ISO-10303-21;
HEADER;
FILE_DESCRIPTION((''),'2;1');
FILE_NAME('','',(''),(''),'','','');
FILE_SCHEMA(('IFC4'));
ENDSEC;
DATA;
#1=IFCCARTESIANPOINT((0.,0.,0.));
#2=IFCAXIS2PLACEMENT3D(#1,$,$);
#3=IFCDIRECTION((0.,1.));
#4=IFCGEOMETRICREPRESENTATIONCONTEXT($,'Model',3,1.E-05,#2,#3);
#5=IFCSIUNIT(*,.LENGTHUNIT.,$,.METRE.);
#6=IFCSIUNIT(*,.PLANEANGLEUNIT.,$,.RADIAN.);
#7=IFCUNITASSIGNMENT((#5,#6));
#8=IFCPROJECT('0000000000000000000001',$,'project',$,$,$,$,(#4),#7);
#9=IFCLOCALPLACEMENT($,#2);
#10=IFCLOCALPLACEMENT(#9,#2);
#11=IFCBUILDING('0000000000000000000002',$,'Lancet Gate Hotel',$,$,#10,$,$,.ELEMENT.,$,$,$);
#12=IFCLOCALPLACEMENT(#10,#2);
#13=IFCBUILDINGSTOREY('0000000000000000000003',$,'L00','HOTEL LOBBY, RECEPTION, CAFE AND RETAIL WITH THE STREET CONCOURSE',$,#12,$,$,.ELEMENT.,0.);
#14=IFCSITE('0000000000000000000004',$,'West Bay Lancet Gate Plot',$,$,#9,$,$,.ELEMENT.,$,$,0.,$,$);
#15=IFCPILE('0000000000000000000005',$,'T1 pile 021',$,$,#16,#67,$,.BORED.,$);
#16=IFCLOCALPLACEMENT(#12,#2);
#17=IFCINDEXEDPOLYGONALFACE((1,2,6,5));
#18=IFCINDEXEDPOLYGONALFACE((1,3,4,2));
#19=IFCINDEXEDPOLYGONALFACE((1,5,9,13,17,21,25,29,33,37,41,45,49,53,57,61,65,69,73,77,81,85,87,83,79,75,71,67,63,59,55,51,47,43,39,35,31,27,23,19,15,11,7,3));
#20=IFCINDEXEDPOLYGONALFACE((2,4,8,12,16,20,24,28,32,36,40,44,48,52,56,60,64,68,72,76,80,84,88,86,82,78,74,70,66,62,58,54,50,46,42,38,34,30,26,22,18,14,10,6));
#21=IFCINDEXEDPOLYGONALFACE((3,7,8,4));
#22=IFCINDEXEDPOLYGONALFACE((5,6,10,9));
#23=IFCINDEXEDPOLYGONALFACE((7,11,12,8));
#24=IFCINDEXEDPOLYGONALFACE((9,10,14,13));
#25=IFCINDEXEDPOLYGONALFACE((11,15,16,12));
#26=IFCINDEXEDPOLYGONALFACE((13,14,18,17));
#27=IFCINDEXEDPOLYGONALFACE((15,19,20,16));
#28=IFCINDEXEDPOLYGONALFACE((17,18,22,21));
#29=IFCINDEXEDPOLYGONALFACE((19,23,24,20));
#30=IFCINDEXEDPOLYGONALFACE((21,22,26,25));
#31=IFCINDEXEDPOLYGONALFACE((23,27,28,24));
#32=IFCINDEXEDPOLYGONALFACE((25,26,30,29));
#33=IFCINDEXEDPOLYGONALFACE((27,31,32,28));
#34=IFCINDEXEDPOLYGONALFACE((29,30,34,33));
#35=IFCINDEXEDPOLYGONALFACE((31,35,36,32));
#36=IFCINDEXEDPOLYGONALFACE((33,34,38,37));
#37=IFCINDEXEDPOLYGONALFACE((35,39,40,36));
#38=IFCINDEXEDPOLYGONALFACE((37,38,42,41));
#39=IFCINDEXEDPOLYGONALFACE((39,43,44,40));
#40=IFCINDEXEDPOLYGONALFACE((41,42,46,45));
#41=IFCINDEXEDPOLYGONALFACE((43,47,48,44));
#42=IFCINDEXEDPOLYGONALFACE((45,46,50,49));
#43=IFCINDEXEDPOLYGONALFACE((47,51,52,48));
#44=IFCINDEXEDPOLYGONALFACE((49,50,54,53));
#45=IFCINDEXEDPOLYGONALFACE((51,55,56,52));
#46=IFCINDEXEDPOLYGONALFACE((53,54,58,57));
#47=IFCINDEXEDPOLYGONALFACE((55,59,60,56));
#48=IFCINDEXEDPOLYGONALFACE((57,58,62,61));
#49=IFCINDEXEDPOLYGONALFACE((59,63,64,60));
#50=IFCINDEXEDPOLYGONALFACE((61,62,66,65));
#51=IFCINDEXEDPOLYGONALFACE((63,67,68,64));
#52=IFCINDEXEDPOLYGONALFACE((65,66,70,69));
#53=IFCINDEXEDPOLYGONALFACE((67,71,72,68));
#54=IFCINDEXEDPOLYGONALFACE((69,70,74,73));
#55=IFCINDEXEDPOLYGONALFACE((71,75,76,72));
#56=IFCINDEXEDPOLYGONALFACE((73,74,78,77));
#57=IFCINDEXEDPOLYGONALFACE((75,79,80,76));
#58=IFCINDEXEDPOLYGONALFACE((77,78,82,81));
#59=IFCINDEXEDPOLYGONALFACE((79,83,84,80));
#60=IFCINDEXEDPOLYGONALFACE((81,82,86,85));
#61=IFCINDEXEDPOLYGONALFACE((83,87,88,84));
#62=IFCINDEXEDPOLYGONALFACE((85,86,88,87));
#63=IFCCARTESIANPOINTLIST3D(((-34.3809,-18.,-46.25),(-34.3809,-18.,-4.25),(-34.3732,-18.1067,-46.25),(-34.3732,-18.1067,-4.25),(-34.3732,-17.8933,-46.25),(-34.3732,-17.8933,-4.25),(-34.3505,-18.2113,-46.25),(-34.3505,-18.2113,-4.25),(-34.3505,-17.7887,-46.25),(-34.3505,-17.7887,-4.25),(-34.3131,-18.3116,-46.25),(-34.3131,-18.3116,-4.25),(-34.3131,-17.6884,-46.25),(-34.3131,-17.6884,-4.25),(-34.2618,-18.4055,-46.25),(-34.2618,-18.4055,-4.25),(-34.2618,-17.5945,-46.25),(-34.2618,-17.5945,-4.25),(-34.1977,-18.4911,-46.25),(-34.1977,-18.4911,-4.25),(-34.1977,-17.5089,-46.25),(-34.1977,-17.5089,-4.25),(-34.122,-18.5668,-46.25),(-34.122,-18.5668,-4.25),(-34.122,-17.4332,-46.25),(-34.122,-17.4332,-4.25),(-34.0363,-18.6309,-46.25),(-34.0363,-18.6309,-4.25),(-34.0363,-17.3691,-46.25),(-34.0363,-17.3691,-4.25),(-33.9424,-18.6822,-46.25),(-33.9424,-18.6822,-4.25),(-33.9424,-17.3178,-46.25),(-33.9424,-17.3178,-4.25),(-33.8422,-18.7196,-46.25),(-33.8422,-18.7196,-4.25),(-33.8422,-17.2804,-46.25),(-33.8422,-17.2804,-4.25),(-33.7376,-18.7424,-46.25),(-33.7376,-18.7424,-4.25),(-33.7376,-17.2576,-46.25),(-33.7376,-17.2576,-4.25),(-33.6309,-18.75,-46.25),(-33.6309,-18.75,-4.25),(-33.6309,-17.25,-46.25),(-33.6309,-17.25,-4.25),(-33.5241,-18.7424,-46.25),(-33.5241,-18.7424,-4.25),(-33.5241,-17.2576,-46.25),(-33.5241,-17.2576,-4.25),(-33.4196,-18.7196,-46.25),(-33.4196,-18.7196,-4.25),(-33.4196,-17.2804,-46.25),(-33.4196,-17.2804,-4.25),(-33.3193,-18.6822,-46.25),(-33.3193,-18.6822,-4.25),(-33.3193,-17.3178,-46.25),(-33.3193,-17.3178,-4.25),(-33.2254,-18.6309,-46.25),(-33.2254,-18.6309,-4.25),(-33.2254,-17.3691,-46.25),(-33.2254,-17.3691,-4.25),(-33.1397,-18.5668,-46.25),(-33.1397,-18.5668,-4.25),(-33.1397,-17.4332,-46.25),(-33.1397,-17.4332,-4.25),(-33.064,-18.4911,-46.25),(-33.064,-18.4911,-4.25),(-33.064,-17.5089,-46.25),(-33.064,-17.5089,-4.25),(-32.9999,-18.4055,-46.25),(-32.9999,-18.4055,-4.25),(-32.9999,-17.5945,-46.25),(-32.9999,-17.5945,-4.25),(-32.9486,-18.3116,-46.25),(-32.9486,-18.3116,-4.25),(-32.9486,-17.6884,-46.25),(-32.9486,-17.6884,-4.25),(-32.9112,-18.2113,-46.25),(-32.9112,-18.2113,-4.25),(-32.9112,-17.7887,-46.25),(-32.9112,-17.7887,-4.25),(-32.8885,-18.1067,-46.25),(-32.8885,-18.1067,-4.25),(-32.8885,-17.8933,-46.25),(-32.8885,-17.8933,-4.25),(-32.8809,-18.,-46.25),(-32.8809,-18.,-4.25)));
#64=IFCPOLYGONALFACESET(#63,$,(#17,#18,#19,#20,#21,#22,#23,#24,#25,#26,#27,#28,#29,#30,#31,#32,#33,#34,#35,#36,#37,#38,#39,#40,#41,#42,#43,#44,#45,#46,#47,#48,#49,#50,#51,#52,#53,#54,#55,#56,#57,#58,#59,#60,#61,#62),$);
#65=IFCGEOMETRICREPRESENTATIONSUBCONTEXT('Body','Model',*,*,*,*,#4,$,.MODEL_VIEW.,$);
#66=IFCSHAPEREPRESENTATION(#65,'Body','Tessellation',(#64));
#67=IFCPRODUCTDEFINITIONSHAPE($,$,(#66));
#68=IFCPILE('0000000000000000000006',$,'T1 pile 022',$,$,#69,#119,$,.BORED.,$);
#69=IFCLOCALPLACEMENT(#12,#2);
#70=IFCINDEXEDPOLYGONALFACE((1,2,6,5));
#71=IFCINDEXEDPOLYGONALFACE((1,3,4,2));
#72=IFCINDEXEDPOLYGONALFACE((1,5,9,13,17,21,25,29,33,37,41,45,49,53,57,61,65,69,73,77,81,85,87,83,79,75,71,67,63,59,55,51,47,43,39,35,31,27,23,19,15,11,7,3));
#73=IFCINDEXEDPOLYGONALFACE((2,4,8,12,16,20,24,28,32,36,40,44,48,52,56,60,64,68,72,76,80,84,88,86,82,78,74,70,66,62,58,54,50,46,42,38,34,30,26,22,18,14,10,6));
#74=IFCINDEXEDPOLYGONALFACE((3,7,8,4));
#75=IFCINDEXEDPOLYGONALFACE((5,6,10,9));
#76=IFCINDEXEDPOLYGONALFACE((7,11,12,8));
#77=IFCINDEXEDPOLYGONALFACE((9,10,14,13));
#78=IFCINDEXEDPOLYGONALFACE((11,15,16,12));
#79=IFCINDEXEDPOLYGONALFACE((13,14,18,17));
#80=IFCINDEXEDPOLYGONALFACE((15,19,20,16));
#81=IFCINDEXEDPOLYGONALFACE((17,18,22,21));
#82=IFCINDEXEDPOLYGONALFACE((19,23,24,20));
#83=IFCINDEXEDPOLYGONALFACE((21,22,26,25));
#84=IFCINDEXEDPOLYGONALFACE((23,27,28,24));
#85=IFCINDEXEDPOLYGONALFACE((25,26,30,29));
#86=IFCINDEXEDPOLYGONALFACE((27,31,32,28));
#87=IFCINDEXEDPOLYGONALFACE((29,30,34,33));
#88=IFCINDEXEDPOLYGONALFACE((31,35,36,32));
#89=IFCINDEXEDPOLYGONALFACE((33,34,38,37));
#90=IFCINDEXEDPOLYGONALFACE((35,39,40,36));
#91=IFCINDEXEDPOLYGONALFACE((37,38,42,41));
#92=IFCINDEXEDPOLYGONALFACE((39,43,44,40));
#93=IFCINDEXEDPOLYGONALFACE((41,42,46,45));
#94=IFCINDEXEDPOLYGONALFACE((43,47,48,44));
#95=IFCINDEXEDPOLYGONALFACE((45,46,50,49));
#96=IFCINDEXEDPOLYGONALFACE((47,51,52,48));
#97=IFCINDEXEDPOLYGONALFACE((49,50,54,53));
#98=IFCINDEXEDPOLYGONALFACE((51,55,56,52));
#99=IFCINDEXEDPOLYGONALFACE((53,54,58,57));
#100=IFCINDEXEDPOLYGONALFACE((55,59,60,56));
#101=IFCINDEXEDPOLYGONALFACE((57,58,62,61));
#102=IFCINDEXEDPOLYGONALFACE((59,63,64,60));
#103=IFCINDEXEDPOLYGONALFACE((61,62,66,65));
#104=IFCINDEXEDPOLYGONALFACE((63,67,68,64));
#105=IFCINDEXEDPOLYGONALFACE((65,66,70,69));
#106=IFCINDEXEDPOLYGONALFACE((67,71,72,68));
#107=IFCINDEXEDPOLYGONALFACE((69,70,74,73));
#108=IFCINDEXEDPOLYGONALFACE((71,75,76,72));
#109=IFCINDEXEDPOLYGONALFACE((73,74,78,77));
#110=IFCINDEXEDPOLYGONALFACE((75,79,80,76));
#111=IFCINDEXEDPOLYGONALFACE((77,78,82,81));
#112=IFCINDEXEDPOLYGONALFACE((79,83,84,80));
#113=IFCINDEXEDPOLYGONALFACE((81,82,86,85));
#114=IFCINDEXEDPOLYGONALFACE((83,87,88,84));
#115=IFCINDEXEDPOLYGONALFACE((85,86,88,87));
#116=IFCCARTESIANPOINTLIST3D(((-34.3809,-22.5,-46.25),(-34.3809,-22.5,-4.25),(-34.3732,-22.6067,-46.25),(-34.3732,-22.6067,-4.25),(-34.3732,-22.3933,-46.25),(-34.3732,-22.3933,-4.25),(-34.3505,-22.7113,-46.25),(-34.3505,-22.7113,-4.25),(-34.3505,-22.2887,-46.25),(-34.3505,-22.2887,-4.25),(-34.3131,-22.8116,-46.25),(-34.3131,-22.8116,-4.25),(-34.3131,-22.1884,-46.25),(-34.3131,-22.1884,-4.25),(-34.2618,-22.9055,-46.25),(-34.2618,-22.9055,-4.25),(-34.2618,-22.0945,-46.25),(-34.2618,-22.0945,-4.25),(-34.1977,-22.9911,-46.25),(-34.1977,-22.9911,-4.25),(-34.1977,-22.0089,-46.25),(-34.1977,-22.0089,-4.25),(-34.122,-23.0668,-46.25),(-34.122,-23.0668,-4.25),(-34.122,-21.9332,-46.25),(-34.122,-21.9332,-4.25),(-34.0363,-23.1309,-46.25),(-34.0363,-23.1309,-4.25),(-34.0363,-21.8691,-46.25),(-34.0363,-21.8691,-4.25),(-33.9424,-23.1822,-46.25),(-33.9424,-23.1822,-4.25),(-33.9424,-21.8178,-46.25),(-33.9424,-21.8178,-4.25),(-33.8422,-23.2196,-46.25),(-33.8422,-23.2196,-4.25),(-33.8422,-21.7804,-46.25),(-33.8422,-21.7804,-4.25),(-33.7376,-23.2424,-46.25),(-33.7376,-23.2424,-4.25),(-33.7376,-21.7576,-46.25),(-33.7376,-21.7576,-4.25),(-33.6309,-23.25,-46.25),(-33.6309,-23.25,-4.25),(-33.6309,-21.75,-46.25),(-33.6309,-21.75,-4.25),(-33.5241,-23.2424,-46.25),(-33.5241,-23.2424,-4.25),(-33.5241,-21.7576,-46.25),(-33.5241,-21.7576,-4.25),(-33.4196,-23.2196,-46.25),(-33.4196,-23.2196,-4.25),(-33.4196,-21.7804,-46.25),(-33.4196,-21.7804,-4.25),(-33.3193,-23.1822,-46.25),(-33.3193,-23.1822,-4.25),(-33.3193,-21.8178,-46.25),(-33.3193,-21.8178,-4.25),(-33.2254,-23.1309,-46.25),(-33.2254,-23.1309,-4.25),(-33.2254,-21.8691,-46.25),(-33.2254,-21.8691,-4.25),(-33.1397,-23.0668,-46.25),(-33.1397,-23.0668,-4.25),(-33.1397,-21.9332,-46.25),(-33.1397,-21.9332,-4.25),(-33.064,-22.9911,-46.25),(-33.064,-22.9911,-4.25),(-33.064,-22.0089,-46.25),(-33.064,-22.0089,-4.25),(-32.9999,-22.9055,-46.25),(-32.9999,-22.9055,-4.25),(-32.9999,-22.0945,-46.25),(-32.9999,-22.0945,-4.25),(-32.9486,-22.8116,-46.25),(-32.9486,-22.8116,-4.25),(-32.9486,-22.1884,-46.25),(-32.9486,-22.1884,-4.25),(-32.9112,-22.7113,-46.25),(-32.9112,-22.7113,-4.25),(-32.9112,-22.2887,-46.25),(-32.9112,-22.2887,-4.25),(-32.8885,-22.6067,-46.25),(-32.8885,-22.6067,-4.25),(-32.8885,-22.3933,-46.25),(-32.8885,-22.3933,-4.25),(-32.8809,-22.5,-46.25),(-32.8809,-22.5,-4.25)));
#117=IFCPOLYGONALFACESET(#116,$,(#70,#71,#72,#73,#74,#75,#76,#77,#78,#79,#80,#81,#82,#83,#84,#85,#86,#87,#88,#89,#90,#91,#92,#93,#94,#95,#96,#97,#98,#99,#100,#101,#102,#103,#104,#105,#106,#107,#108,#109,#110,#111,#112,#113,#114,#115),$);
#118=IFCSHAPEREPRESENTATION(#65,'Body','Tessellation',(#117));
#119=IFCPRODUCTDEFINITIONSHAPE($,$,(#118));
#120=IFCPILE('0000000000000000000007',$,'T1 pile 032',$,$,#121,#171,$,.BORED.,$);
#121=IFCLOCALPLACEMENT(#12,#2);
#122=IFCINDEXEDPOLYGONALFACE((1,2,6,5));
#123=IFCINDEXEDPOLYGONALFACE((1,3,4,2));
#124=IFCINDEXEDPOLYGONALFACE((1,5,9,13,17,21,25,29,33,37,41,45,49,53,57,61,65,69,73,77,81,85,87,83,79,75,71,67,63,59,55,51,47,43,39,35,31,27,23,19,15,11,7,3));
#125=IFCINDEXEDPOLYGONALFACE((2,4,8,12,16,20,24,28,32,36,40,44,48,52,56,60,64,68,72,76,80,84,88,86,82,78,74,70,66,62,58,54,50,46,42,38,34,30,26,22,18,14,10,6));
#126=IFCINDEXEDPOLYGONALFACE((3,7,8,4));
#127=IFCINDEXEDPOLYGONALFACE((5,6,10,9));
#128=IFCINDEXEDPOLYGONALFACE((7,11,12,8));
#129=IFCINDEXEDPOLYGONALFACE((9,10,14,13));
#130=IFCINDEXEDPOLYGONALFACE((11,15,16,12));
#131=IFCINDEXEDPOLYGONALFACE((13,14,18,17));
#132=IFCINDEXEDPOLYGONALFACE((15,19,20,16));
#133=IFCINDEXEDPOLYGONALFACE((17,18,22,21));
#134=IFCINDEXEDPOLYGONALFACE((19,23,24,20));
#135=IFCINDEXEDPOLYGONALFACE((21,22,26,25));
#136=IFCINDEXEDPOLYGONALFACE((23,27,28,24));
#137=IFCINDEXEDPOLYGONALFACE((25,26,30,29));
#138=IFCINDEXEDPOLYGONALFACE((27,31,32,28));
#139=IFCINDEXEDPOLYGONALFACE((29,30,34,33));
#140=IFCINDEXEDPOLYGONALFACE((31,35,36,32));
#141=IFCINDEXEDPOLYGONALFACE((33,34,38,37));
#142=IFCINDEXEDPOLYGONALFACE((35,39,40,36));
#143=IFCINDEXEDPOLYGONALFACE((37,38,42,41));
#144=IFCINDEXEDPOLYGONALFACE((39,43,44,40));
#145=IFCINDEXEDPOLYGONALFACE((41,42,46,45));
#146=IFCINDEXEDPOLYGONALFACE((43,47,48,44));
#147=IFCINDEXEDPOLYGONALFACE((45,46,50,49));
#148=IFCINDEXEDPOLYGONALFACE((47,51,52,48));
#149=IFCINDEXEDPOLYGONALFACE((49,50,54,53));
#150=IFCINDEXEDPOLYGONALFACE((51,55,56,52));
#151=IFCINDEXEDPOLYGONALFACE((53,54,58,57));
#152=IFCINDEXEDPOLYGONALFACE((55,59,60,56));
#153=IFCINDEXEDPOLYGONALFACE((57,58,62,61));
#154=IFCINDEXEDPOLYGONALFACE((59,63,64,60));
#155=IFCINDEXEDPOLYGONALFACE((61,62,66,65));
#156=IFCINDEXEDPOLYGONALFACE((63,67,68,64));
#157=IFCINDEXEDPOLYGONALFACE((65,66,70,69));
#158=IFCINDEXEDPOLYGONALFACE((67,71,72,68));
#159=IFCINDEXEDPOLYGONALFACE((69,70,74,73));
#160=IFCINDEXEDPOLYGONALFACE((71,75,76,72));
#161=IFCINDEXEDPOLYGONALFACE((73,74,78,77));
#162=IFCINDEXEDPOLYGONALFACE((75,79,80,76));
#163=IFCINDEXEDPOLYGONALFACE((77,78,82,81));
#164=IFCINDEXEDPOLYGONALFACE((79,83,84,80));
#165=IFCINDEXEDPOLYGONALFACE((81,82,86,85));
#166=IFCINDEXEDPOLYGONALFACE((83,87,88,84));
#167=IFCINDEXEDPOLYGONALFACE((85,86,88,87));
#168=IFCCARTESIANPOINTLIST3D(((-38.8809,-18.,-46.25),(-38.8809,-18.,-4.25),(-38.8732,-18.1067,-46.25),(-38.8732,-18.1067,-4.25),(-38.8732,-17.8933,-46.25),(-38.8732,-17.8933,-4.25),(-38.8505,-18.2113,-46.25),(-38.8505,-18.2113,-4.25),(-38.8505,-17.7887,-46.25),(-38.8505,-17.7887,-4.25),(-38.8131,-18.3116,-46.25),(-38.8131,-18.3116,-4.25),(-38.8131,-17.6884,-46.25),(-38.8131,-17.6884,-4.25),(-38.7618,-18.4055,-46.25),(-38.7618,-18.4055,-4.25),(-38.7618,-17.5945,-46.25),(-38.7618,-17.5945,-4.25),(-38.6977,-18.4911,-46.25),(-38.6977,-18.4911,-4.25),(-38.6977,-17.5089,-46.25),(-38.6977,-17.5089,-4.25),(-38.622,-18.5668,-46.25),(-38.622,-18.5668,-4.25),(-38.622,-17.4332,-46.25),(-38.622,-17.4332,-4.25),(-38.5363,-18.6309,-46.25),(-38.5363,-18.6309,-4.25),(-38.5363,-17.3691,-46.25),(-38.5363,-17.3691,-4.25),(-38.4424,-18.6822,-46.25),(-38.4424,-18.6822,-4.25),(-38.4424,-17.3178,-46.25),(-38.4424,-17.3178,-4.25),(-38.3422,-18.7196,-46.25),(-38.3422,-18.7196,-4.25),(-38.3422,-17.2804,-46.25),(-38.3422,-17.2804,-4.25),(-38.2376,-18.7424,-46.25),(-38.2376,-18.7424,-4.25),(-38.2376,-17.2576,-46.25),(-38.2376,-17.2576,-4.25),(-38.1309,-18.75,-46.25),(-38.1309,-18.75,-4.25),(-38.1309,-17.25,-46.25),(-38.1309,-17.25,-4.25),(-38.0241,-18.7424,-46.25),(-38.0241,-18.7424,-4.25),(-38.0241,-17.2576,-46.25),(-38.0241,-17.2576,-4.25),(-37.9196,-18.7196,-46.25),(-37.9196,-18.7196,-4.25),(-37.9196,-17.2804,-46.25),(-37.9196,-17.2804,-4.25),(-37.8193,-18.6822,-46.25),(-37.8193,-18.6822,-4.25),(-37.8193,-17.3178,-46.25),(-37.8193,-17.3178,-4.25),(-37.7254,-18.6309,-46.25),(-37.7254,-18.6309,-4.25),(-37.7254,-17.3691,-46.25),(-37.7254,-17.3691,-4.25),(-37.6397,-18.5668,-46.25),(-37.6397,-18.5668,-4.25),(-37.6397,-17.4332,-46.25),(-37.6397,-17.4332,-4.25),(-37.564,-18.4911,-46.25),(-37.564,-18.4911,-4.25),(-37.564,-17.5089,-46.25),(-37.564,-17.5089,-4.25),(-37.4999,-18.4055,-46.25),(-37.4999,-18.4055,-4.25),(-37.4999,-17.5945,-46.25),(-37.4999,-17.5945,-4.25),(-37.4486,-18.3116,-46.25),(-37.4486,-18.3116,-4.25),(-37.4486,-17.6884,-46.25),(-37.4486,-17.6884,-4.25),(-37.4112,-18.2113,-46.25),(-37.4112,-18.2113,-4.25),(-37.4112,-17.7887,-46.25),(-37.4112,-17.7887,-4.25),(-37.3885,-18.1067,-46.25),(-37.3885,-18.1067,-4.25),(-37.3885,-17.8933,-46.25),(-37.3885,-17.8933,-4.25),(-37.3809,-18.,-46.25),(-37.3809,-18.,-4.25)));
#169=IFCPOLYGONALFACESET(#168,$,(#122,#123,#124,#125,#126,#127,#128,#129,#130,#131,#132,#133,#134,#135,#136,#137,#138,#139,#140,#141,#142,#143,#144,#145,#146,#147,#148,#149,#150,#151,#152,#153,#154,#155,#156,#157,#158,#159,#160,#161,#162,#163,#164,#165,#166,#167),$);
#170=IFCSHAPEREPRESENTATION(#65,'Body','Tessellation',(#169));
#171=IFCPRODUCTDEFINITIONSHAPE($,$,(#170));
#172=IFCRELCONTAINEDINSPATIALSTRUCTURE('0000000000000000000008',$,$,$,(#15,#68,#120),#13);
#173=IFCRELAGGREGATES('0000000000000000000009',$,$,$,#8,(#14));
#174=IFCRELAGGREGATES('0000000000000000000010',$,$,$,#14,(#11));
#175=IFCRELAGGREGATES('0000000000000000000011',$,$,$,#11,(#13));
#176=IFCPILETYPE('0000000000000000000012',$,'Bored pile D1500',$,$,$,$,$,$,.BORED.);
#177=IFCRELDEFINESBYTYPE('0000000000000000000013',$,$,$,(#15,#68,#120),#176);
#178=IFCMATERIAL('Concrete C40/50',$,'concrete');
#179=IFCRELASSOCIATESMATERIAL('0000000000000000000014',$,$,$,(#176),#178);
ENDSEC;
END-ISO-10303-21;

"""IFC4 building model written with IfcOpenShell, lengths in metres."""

from ifc_helpers import new_model, si_unit, direction, frame, origin, origin_2d, place, context, subcontext, project, spatial, circle, extrude, material, material_profile, profile_set, type_object, element, save


model = new_model("IFC4")

# Units and contexts
model_context = context("Model", 3, precision=1e-05, world=origin(), true_north=direction((0.0, 1.0)))
body_context = subcontext(model_context, "Body", "Model", "MODEL_VIEW")
ifc_project = project(units=[si_unit("LENGTHUNIT", "METRE"), si_unit("PLANEANGLEUNIT", "RADIAN")], contexts=[model_context])

# Site, building, storey
site_placement = place(None, origin())
site = spatial("IfcSite", under=ifc_project, at=site_placement, Name="West Bay Lancet Gate Plot", CompositionType="ELEMENT", RefElevation=0.0)
building_placement = place(site_placement, origin())
building = spatial("IfcBuilding", under=site, at=building_placement, Name="Lancet Gate Hotel", CompositionType="ELEMENT")
storey_placement = place(building_placement, origin())
storey = spatial("IfcBuildingStorey", under=building, at=storey_placement, Name="L00", Description="HOTEL LOBBY, RECEPTION, CAFE AND RETAIL WITH THE STREET CONCOURSE", CompositionType="ELEMENT", Elevation=0.0)

# Piles
ifc_material_1 = material(Name="Concrete C40/50", Category="concrete")
ifc_material_profile_1 = material_profile(ifc_material_1, circle(Radius=0.75, at=origin_2d()), Name="PILE D1500")
ifc_profile_set_1 = profile_set([ifc_material_profile_1], Name="Concrete C40/50")
pile_type = type_object("IfcPileType", Name="Bored pile D1500", PredefinedType="BORED", material=ifc_profile_set_1)
for number, where, z_axis, x_axis, name in (
    (1, (-33.6309, -18.0, -4.25), (0.0, 0.0, -1.0), (1.0, 0.0, 0.0), "T1 pile 021"),
    (2, (-33.6309, -22.5, -4.25), (0.0, 0.0, -1.0), (1.0, 0.0, 0.0), "T1 pile 022"),
    (3, (-38.1309, -18.0, -4.25), (0.0, 0.0, -1.0), (1.0, 0.0, 0.0), "T1 pile 032"),
):
    element("IfcPile", number, at=place(storey_placement, frame(where, z_axis=z_axis, x_axis=x_axis)), inside=storey, type_object=pile_type, Name=name, PredefinedType="BORED", context=body_context, shape_type="SweptSolid", body=[
        extrude(circle(Radius=0.75, at=origin_2d()), origin(), (0.0, 0.0, 1.0), 42.0),
    ])

save(model, "model.ifc")
